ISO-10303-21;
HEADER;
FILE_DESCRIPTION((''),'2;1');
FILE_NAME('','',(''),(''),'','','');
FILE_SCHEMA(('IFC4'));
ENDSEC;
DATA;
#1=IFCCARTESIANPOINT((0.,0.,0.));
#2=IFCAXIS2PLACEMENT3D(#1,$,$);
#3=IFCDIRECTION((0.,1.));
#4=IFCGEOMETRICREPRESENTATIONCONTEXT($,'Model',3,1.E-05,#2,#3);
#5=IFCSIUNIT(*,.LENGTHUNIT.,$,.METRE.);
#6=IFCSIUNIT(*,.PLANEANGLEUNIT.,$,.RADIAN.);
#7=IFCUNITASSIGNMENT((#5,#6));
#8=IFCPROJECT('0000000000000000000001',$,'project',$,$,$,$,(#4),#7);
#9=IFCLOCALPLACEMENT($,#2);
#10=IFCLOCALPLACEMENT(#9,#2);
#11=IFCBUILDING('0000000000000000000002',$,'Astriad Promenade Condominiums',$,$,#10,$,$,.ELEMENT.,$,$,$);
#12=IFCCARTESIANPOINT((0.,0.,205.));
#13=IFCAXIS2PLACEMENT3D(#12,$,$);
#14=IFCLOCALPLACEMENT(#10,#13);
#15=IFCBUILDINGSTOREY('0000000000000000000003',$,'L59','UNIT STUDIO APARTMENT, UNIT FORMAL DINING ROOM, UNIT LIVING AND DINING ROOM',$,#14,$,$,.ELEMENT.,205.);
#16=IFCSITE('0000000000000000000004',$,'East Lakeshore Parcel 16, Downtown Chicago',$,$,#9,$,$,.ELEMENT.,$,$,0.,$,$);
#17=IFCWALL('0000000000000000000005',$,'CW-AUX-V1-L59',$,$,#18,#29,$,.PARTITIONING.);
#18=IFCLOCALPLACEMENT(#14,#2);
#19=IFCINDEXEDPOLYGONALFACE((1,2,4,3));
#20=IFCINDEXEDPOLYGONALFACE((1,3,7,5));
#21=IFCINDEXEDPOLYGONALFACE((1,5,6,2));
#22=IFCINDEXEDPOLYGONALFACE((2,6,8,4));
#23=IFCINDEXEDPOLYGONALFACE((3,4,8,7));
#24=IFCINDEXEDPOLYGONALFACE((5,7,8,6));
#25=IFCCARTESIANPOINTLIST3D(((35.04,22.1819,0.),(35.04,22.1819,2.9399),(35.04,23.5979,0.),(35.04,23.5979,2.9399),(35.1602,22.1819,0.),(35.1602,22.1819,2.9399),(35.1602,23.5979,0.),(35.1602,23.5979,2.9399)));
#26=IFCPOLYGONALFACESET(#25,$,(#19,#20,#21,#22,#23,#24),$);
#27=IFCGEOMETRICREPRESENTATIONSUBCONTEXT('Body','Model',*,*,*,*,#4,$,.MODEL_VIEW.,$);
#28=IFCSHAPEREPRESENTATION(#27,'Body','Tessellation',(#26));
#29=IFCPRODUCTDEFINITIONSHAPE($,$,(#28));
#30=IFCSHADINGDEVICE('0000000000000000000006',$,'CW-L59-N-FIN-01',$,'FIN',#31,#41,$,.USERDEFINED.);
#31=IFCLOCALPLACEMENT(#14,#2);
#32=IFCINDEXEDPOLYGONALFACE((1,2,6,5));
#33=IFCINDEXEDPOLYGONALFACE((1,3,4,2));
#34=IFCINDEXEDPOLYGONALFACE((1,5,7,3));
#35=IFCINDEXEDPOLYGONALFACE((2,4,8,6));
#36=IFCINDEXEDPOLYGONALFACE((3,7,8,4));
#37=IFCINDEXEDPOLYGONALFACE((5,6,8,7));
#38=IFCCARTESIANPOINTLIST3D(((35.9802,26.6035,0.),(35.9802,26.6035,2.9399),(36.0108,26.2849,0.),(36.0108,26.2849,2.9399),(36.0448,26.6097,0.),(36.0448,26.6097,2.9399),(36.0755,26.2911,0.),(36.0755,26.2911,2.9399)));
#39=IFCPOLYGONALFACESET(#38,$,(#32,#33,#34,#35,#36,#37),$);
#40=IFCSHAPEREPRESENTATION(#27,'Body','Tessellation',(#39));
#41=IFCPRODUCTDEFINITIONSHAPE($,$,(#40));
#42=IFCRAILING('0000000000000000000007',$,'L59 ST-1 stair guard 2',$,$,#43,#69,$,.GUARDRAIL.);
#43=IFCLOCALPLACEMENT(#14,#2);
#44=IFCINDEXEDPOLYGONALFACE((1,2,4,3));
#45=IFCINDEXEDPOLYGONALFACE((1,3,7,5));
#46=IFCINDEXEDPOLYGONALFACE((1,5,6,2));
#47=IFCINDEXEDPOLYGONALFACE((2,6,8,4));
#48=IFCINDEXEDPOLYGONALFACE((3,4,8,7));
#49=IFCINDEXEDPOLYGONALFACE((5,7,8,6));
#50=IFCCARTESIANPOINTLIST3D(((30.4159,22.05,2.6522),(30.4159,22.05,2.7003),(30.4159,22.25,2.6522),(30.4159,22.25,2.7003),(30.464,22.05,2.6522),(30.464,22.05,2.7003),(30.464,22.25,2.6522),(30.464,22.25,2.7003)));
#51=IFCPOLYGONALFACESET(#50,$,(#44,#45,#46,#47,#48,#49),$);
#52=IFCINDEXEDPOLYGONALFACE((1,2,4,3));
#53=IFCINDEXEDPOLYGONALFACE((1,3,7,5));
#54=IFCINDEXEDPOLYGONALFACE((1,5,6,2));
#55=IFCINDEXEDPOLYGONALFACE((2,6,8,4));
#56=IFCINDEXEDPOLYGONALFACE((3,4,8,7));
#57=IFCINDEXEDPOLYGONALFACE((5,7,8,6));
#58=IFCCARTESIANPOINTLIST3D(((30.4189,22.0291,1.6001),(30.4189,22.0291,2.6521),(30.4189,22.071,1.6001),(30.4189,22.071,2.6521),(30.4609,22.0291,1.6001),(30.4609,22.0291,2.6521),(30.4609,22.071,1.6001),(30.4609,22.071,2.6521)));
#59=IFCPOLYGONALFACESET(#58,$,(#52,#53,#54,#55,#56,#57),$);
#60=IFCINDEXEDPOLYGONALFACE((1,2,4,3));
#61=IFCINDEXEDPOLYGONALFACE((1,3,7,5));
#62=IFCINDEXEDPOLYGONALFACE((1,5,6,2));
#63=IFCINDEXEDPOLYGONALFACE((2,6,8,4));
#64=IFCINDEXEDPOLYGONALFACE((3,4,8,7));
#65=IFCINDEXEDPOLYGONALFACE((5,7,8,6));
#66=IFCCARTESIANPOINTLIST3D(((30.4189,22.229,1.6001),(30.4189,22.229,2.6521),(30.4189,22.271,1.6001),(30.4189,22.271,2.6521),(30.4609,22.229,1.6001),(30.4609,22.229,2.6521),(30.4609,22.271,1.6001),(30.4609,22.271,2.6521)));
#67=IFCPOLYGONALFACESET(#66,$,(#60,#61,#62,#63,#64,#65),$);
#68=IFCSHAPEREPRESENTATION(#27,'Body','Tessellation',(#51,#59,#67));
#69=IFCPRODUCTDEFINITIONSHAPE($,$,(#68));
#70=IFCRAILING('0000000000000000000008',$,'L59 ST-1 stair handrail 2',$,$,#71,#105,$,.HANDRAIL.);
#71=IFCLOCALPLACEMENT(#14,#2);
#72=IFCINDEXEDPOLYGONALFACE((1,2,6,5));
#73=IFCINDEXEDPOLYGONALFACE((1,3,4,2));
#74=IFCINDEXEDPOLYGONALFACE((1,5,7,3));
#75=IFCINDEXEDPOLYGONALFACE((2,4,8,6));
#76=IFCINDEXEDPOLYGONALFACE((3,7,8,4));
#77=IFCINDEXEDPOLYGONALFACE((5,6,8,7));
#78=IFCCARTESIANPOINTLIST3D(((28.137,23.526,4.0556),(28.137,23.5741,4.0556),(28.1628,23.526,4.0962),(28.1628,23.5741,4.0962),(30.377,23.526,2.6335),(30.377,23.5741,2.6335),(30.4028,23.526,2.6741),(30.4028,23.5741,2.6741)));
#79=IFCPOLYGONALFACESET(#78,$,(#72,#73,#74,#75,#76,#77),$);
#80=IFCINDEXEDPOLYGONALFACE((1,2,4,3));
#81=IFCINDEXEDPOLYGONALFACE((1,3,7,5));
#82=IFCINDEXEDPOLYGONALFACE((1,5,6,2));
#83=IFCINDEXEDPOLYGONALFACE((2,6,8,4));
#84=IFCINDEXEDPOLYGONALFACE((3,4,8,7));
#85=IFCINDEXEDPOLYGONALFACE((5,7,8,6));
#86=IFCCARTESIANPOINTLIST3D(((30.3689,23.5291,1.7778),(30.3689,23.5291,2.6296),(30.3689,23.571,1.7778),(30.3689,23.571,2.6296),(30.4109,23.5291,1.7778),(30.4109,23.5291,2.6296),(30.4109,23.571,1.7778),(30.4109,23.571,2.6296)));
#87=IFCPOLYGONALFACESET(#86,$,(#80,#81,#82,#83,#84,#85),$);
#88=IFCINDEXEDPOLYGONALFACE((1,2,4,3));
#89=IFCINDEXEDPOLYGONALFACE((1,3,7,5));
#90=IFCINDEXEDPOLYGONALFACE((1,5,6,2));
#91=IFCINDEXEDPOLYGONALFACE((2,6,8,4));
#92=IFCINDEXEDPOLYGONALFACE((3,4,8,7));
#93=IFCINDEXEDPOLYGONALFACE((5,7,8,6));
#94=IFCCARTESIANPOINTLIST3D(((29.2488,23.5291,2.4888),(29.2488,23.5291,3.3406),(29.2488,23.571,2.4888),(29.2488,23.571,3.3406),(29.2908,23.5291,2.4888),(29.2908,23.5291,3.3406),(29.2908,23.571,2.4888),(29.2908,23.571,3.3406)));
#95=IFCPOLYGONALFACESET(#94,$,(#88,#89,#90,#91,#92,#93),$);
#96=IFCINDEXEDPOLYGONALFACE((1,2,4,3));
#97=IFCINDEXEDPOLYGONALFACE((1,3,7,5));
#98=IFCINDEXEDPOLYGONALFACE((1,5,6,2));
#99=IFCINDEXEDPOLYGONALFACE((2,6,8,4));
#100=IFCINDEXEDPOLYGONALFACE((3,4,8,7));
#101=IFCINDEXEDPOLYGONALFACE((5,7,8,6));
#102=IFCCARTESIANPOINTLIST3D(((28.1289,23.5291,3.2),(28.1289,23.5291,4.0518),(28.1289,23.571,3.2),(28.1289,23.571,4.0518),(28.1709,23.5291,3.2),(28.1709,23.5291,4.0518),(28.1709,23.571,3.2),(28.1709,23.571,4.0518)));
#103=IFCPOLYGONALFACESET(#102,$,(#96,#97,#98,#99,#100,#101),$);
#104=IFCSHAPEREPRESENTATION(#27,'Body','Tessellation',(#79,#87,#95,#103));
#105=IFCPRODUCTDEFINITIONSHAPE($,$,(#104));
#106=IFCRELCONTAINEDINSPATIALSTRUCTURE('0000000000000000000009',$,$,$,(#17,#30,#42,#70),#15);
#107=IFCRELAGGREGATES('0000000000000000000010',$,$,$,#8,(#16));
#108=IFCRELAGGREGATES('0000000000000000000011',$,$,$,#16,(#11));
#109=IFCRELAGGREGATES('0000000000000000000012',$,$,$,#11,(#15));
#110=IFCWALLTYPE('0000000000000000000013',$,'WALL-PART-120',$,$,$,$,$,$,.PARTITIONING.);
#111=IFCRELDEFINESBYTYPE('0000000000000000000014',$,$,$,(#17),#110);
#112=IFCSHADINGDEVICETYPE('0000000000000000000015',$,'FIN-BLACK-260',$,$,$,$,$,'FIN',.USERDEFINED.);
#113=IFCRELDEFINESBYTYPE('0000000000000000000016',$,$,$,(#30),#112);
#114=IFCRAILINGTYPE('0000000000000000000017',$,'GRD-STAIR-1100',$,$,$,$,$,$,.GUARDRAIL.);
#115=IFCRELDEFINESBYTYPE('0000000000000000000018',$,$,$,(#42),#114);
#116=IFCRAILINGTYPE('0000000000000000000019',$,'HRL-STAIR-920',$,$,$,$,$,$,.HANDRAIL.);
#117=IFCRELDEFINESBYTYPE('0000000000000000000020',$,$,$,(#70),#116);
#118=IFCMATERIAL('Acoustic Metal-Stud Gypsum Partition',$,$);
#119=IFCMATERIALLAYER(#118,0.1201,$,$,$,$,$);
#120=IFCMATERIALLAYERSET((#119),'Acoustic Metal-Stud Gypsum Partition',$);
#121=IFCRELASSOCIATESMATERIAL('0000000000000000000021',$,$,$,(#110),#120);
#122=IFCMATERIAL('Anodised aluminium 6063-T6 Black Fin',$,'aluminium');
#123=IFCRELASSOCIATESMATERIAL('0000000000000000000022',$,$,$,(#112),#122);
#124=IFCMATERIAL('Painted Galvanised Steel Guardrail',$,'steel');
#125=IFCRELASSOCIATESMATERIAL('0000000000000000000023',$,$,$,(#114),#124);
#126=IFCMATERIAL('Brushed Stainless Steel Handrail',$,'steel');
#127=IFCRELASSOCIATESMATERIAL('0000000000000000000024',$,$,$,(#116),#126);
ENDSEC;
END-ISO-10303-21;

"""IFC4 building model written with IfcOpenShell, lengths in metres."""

from ifc_helpers import new_model, si_unit, direction, frame, frame_2d, origin, origin_2d, place, context, subcontext, project, spatial, rectangle, extrude, source, transform, mapped, material, layer, layer_set, type_object, type_shapes, element, save


model = new_model("IFC4")

# Units and contexts
model_context = context("Model", 3, precision=1e-05, world=origin(), true_north=direction((0.0, 1.0)))
body_context = subcontext(model_context, "Body", "Model", "MODEL_VIEW")
ifc_project = project(units=[si_unit("LENGTHUNIT", "METRE"), si_unit("PLANEANGLEUNIT", "RADIAN")], contexts=[model_context])

# Site, building, storey
site_placement = place(None, origin())
site = spatial("IfcSite", under=ifc_project, at=site_placement, Name="East Lakeshore Parcel 16, Downtown Chicago", CompositionType="ELEMENT", RefElevation=0.0)
building_placement = place(site_placement, origin())
building = spatial("IfcBuilding", under=site, at=building_placement, Name="Astriad Promenade Condominiums", CompositionType="ELEMENT")
storey_placement = place(building_placement, frame((0.0, 0.0, 205.0)))
storey = spatial("IfcBuildingStorey", under=building, at=storey_placement, Name="L59", Description="UNIT STUDIO APARTMENT, UNIT FORMAL DINING ROOM, UNIT LIVING AND DINING ROOM", CompositionType="ELEMENT", Elevation=205.0)

# Wall
ifc_material_1 = material(Name="Acoustic Metal-Stud Gypsum Partition")
ifc_layer_1 = layer(ifc_material_1, 0.1201)
ifc_layer_set_1 = layer_set([ifc_layer_1], Name="Acoustic Metal-Stud Gypsum Partition")
wall_type_1 = type_object("IfcWallType", Name="WALL-PART-120", PredefinedType="PARTITIONING", material=ifc_layer_set_1)
wall_1_placement = place(storey_placement, frame((35.1001, 22.1819, 0.0), z_axis=(0.0, 0.0, 1.0), x_axis=(0.0, 1.0, 0.0)))
element("IfcWall", 1, at=wall_1_placement, inside=storey, type_object=wall_type_1, Name="CW-AUX-V1-L59", PredefinedType="PARTITIONING", context=body_context, shape_type="SweptSolid", body=[
    extrude(rectangle(XDim=1.416, YDim=0.1201, at=frame_2d((0.708, 0.0))), origin(), (0.0, 0.0, 1.0), 2.9399),
])

# Shading device
ifc_material_2 = material(Name="Anodised aluminium 6063-T6 Black Fin", Category="aluminium")
shading_device_type = type_object("IfcShadingDeviceType", Name="FIN-BLACK-260", ElementType="FIN", PredefinedType="USERDEFINED", material=ifc_material_2)
shared_shape_1 = source(origin(), body_context, "Body", "SweptSolid", [
    extrude(rectangle(XDim=0.0649, YDim=0.3201, at=origin_2d()), origin(), (0.0, 0.0, 1.0), 2.9399),
])
type_shapes(shading_device_type, [shared_shape_1])
shading_device_placement = place(storey_placement, frame((36.0278, 26.4473, 0.0), z_axis=(0.0, 0.0, 1.0), x_axis=(0.995396, 0.095846, 0.0)))
element("IfcShadingDevice", 2, at=shading_device_placement, inside=storey, type_object=shading_device_type, Name="CW-L59-N-FIN-01", ObjectType="FIN", PredefinedType="USERDEFINED", context=body_context, shape_type="MappedRepresentation", body=[
    mapped(shared_shape_1, transform((0.0, 0.0, 0.0), scale=1.0)),
])

# Railings
ifc_material_3 = material(Name="Painted Galvanised Steel Guardrail", Category="steel")
railing_type_1 = type_object("IfcRailingType", Name="GRD-STAIR-1100", PredefinedType="GUARDRAIL", material=ifc_material_3)
shared_shape_2 = source(origin(), body_context, "Body", "SweptSolid", [
    extrude(rectangle(XDim=0.0481, YDim=0.0481, at=origin_2d()), frame((0.0, 0.0, 1.0762), z_axis=(0.0, 1.0, 0.0), x_axis=(-1.0, 0.0, 0.0)), (0.0, 0.0, 1.0), 0.2),
    extrude(rectangle(XDim=0.042, YDim=0.042, at=origin_2d()), origin(), (0.0, 0.0, 1.0), 1.052),
    extrude(rectangle(XDim=0.042, YDim=0.042, at=origin_2d()), frame((0.0, 0.2, 0.0)), (0.0, 0.0, 1.0), 1.052),
])
type_shapes(railing_type_1, [shared_shape_2])
railing_1_placement = place(storey_placement, frame((30.4399, 22.05, 1.6001)))
element("IfcRailing", 3, at=railing_1_placement, inside=storey, type_object=railing_type_1, Name="L59 ST-1 stair guard 2", PredefinedType="GUARDRAIL", context=body_context, shape_type="MappedRepresentation", body=[
    mapped(shared_shape_2, transform((0.0, 0.0, 0.0), scale=1.0)),
])
ifc_material_4 = material(Name="Brushed Stainless Steel Handrail", Category="steel")
railing_type_2 = type_object("IfcRailingType", Name="HRL-STAIR-920", PredefinedType="HANDRAIL", material=ifc_material_4)
shared_shape_3 = source(origin(), body_context, "Body", "SweptSolid", [
    extrude(rectangle(XDim=0.0481, YDim=0.0481, at=origin_2d()), frame((0.0, 0.0, 0.876), z_axis=(-0.844229, 0.0, 0.535982), x_axis=(0.0, -1.0, 0.0)), (0.0, 0.0, 1.0), 2.6533),
    extrude(rectangle(XDim=0.042, YDim=0.042, at=origin_2d()), origin(), (0.0, 0.0, 1.0), 0.8518),
    extrude(rectangle(XDim=0.042, YDim=0.042, at=origin_2d()), frame((-1.1201, 0.0, 0.7109)), (0.0, 0.0, 1.0), 0.8518),
    extrude(rectangle(XDim=0.042, YDim=0.042, at=origin_2d()), frame((-2.24, 0.0, 1.4221)), (0.0, 0.0, 1.0), 0.8518),
])
type_shapes(railing_type_2, [shared_shape_3])
railing_2_placement = place(storey_placement, frame((30.3899, 23.55, 1.7778)))
element("IfcRailing", 4, at=railing_2_placement, inside=storey, type_object=railing_type_2, Name="L59 ST-1 stair handrail 2", PredefinedType="HANDRAIL", context=body_context, shape_type="MappedRepresentation", body=[
    mapped(shared_shape_3, transform((0.0, 0.0, 0.0), scale=1.0)),
])

save(model, "model.ifc")
